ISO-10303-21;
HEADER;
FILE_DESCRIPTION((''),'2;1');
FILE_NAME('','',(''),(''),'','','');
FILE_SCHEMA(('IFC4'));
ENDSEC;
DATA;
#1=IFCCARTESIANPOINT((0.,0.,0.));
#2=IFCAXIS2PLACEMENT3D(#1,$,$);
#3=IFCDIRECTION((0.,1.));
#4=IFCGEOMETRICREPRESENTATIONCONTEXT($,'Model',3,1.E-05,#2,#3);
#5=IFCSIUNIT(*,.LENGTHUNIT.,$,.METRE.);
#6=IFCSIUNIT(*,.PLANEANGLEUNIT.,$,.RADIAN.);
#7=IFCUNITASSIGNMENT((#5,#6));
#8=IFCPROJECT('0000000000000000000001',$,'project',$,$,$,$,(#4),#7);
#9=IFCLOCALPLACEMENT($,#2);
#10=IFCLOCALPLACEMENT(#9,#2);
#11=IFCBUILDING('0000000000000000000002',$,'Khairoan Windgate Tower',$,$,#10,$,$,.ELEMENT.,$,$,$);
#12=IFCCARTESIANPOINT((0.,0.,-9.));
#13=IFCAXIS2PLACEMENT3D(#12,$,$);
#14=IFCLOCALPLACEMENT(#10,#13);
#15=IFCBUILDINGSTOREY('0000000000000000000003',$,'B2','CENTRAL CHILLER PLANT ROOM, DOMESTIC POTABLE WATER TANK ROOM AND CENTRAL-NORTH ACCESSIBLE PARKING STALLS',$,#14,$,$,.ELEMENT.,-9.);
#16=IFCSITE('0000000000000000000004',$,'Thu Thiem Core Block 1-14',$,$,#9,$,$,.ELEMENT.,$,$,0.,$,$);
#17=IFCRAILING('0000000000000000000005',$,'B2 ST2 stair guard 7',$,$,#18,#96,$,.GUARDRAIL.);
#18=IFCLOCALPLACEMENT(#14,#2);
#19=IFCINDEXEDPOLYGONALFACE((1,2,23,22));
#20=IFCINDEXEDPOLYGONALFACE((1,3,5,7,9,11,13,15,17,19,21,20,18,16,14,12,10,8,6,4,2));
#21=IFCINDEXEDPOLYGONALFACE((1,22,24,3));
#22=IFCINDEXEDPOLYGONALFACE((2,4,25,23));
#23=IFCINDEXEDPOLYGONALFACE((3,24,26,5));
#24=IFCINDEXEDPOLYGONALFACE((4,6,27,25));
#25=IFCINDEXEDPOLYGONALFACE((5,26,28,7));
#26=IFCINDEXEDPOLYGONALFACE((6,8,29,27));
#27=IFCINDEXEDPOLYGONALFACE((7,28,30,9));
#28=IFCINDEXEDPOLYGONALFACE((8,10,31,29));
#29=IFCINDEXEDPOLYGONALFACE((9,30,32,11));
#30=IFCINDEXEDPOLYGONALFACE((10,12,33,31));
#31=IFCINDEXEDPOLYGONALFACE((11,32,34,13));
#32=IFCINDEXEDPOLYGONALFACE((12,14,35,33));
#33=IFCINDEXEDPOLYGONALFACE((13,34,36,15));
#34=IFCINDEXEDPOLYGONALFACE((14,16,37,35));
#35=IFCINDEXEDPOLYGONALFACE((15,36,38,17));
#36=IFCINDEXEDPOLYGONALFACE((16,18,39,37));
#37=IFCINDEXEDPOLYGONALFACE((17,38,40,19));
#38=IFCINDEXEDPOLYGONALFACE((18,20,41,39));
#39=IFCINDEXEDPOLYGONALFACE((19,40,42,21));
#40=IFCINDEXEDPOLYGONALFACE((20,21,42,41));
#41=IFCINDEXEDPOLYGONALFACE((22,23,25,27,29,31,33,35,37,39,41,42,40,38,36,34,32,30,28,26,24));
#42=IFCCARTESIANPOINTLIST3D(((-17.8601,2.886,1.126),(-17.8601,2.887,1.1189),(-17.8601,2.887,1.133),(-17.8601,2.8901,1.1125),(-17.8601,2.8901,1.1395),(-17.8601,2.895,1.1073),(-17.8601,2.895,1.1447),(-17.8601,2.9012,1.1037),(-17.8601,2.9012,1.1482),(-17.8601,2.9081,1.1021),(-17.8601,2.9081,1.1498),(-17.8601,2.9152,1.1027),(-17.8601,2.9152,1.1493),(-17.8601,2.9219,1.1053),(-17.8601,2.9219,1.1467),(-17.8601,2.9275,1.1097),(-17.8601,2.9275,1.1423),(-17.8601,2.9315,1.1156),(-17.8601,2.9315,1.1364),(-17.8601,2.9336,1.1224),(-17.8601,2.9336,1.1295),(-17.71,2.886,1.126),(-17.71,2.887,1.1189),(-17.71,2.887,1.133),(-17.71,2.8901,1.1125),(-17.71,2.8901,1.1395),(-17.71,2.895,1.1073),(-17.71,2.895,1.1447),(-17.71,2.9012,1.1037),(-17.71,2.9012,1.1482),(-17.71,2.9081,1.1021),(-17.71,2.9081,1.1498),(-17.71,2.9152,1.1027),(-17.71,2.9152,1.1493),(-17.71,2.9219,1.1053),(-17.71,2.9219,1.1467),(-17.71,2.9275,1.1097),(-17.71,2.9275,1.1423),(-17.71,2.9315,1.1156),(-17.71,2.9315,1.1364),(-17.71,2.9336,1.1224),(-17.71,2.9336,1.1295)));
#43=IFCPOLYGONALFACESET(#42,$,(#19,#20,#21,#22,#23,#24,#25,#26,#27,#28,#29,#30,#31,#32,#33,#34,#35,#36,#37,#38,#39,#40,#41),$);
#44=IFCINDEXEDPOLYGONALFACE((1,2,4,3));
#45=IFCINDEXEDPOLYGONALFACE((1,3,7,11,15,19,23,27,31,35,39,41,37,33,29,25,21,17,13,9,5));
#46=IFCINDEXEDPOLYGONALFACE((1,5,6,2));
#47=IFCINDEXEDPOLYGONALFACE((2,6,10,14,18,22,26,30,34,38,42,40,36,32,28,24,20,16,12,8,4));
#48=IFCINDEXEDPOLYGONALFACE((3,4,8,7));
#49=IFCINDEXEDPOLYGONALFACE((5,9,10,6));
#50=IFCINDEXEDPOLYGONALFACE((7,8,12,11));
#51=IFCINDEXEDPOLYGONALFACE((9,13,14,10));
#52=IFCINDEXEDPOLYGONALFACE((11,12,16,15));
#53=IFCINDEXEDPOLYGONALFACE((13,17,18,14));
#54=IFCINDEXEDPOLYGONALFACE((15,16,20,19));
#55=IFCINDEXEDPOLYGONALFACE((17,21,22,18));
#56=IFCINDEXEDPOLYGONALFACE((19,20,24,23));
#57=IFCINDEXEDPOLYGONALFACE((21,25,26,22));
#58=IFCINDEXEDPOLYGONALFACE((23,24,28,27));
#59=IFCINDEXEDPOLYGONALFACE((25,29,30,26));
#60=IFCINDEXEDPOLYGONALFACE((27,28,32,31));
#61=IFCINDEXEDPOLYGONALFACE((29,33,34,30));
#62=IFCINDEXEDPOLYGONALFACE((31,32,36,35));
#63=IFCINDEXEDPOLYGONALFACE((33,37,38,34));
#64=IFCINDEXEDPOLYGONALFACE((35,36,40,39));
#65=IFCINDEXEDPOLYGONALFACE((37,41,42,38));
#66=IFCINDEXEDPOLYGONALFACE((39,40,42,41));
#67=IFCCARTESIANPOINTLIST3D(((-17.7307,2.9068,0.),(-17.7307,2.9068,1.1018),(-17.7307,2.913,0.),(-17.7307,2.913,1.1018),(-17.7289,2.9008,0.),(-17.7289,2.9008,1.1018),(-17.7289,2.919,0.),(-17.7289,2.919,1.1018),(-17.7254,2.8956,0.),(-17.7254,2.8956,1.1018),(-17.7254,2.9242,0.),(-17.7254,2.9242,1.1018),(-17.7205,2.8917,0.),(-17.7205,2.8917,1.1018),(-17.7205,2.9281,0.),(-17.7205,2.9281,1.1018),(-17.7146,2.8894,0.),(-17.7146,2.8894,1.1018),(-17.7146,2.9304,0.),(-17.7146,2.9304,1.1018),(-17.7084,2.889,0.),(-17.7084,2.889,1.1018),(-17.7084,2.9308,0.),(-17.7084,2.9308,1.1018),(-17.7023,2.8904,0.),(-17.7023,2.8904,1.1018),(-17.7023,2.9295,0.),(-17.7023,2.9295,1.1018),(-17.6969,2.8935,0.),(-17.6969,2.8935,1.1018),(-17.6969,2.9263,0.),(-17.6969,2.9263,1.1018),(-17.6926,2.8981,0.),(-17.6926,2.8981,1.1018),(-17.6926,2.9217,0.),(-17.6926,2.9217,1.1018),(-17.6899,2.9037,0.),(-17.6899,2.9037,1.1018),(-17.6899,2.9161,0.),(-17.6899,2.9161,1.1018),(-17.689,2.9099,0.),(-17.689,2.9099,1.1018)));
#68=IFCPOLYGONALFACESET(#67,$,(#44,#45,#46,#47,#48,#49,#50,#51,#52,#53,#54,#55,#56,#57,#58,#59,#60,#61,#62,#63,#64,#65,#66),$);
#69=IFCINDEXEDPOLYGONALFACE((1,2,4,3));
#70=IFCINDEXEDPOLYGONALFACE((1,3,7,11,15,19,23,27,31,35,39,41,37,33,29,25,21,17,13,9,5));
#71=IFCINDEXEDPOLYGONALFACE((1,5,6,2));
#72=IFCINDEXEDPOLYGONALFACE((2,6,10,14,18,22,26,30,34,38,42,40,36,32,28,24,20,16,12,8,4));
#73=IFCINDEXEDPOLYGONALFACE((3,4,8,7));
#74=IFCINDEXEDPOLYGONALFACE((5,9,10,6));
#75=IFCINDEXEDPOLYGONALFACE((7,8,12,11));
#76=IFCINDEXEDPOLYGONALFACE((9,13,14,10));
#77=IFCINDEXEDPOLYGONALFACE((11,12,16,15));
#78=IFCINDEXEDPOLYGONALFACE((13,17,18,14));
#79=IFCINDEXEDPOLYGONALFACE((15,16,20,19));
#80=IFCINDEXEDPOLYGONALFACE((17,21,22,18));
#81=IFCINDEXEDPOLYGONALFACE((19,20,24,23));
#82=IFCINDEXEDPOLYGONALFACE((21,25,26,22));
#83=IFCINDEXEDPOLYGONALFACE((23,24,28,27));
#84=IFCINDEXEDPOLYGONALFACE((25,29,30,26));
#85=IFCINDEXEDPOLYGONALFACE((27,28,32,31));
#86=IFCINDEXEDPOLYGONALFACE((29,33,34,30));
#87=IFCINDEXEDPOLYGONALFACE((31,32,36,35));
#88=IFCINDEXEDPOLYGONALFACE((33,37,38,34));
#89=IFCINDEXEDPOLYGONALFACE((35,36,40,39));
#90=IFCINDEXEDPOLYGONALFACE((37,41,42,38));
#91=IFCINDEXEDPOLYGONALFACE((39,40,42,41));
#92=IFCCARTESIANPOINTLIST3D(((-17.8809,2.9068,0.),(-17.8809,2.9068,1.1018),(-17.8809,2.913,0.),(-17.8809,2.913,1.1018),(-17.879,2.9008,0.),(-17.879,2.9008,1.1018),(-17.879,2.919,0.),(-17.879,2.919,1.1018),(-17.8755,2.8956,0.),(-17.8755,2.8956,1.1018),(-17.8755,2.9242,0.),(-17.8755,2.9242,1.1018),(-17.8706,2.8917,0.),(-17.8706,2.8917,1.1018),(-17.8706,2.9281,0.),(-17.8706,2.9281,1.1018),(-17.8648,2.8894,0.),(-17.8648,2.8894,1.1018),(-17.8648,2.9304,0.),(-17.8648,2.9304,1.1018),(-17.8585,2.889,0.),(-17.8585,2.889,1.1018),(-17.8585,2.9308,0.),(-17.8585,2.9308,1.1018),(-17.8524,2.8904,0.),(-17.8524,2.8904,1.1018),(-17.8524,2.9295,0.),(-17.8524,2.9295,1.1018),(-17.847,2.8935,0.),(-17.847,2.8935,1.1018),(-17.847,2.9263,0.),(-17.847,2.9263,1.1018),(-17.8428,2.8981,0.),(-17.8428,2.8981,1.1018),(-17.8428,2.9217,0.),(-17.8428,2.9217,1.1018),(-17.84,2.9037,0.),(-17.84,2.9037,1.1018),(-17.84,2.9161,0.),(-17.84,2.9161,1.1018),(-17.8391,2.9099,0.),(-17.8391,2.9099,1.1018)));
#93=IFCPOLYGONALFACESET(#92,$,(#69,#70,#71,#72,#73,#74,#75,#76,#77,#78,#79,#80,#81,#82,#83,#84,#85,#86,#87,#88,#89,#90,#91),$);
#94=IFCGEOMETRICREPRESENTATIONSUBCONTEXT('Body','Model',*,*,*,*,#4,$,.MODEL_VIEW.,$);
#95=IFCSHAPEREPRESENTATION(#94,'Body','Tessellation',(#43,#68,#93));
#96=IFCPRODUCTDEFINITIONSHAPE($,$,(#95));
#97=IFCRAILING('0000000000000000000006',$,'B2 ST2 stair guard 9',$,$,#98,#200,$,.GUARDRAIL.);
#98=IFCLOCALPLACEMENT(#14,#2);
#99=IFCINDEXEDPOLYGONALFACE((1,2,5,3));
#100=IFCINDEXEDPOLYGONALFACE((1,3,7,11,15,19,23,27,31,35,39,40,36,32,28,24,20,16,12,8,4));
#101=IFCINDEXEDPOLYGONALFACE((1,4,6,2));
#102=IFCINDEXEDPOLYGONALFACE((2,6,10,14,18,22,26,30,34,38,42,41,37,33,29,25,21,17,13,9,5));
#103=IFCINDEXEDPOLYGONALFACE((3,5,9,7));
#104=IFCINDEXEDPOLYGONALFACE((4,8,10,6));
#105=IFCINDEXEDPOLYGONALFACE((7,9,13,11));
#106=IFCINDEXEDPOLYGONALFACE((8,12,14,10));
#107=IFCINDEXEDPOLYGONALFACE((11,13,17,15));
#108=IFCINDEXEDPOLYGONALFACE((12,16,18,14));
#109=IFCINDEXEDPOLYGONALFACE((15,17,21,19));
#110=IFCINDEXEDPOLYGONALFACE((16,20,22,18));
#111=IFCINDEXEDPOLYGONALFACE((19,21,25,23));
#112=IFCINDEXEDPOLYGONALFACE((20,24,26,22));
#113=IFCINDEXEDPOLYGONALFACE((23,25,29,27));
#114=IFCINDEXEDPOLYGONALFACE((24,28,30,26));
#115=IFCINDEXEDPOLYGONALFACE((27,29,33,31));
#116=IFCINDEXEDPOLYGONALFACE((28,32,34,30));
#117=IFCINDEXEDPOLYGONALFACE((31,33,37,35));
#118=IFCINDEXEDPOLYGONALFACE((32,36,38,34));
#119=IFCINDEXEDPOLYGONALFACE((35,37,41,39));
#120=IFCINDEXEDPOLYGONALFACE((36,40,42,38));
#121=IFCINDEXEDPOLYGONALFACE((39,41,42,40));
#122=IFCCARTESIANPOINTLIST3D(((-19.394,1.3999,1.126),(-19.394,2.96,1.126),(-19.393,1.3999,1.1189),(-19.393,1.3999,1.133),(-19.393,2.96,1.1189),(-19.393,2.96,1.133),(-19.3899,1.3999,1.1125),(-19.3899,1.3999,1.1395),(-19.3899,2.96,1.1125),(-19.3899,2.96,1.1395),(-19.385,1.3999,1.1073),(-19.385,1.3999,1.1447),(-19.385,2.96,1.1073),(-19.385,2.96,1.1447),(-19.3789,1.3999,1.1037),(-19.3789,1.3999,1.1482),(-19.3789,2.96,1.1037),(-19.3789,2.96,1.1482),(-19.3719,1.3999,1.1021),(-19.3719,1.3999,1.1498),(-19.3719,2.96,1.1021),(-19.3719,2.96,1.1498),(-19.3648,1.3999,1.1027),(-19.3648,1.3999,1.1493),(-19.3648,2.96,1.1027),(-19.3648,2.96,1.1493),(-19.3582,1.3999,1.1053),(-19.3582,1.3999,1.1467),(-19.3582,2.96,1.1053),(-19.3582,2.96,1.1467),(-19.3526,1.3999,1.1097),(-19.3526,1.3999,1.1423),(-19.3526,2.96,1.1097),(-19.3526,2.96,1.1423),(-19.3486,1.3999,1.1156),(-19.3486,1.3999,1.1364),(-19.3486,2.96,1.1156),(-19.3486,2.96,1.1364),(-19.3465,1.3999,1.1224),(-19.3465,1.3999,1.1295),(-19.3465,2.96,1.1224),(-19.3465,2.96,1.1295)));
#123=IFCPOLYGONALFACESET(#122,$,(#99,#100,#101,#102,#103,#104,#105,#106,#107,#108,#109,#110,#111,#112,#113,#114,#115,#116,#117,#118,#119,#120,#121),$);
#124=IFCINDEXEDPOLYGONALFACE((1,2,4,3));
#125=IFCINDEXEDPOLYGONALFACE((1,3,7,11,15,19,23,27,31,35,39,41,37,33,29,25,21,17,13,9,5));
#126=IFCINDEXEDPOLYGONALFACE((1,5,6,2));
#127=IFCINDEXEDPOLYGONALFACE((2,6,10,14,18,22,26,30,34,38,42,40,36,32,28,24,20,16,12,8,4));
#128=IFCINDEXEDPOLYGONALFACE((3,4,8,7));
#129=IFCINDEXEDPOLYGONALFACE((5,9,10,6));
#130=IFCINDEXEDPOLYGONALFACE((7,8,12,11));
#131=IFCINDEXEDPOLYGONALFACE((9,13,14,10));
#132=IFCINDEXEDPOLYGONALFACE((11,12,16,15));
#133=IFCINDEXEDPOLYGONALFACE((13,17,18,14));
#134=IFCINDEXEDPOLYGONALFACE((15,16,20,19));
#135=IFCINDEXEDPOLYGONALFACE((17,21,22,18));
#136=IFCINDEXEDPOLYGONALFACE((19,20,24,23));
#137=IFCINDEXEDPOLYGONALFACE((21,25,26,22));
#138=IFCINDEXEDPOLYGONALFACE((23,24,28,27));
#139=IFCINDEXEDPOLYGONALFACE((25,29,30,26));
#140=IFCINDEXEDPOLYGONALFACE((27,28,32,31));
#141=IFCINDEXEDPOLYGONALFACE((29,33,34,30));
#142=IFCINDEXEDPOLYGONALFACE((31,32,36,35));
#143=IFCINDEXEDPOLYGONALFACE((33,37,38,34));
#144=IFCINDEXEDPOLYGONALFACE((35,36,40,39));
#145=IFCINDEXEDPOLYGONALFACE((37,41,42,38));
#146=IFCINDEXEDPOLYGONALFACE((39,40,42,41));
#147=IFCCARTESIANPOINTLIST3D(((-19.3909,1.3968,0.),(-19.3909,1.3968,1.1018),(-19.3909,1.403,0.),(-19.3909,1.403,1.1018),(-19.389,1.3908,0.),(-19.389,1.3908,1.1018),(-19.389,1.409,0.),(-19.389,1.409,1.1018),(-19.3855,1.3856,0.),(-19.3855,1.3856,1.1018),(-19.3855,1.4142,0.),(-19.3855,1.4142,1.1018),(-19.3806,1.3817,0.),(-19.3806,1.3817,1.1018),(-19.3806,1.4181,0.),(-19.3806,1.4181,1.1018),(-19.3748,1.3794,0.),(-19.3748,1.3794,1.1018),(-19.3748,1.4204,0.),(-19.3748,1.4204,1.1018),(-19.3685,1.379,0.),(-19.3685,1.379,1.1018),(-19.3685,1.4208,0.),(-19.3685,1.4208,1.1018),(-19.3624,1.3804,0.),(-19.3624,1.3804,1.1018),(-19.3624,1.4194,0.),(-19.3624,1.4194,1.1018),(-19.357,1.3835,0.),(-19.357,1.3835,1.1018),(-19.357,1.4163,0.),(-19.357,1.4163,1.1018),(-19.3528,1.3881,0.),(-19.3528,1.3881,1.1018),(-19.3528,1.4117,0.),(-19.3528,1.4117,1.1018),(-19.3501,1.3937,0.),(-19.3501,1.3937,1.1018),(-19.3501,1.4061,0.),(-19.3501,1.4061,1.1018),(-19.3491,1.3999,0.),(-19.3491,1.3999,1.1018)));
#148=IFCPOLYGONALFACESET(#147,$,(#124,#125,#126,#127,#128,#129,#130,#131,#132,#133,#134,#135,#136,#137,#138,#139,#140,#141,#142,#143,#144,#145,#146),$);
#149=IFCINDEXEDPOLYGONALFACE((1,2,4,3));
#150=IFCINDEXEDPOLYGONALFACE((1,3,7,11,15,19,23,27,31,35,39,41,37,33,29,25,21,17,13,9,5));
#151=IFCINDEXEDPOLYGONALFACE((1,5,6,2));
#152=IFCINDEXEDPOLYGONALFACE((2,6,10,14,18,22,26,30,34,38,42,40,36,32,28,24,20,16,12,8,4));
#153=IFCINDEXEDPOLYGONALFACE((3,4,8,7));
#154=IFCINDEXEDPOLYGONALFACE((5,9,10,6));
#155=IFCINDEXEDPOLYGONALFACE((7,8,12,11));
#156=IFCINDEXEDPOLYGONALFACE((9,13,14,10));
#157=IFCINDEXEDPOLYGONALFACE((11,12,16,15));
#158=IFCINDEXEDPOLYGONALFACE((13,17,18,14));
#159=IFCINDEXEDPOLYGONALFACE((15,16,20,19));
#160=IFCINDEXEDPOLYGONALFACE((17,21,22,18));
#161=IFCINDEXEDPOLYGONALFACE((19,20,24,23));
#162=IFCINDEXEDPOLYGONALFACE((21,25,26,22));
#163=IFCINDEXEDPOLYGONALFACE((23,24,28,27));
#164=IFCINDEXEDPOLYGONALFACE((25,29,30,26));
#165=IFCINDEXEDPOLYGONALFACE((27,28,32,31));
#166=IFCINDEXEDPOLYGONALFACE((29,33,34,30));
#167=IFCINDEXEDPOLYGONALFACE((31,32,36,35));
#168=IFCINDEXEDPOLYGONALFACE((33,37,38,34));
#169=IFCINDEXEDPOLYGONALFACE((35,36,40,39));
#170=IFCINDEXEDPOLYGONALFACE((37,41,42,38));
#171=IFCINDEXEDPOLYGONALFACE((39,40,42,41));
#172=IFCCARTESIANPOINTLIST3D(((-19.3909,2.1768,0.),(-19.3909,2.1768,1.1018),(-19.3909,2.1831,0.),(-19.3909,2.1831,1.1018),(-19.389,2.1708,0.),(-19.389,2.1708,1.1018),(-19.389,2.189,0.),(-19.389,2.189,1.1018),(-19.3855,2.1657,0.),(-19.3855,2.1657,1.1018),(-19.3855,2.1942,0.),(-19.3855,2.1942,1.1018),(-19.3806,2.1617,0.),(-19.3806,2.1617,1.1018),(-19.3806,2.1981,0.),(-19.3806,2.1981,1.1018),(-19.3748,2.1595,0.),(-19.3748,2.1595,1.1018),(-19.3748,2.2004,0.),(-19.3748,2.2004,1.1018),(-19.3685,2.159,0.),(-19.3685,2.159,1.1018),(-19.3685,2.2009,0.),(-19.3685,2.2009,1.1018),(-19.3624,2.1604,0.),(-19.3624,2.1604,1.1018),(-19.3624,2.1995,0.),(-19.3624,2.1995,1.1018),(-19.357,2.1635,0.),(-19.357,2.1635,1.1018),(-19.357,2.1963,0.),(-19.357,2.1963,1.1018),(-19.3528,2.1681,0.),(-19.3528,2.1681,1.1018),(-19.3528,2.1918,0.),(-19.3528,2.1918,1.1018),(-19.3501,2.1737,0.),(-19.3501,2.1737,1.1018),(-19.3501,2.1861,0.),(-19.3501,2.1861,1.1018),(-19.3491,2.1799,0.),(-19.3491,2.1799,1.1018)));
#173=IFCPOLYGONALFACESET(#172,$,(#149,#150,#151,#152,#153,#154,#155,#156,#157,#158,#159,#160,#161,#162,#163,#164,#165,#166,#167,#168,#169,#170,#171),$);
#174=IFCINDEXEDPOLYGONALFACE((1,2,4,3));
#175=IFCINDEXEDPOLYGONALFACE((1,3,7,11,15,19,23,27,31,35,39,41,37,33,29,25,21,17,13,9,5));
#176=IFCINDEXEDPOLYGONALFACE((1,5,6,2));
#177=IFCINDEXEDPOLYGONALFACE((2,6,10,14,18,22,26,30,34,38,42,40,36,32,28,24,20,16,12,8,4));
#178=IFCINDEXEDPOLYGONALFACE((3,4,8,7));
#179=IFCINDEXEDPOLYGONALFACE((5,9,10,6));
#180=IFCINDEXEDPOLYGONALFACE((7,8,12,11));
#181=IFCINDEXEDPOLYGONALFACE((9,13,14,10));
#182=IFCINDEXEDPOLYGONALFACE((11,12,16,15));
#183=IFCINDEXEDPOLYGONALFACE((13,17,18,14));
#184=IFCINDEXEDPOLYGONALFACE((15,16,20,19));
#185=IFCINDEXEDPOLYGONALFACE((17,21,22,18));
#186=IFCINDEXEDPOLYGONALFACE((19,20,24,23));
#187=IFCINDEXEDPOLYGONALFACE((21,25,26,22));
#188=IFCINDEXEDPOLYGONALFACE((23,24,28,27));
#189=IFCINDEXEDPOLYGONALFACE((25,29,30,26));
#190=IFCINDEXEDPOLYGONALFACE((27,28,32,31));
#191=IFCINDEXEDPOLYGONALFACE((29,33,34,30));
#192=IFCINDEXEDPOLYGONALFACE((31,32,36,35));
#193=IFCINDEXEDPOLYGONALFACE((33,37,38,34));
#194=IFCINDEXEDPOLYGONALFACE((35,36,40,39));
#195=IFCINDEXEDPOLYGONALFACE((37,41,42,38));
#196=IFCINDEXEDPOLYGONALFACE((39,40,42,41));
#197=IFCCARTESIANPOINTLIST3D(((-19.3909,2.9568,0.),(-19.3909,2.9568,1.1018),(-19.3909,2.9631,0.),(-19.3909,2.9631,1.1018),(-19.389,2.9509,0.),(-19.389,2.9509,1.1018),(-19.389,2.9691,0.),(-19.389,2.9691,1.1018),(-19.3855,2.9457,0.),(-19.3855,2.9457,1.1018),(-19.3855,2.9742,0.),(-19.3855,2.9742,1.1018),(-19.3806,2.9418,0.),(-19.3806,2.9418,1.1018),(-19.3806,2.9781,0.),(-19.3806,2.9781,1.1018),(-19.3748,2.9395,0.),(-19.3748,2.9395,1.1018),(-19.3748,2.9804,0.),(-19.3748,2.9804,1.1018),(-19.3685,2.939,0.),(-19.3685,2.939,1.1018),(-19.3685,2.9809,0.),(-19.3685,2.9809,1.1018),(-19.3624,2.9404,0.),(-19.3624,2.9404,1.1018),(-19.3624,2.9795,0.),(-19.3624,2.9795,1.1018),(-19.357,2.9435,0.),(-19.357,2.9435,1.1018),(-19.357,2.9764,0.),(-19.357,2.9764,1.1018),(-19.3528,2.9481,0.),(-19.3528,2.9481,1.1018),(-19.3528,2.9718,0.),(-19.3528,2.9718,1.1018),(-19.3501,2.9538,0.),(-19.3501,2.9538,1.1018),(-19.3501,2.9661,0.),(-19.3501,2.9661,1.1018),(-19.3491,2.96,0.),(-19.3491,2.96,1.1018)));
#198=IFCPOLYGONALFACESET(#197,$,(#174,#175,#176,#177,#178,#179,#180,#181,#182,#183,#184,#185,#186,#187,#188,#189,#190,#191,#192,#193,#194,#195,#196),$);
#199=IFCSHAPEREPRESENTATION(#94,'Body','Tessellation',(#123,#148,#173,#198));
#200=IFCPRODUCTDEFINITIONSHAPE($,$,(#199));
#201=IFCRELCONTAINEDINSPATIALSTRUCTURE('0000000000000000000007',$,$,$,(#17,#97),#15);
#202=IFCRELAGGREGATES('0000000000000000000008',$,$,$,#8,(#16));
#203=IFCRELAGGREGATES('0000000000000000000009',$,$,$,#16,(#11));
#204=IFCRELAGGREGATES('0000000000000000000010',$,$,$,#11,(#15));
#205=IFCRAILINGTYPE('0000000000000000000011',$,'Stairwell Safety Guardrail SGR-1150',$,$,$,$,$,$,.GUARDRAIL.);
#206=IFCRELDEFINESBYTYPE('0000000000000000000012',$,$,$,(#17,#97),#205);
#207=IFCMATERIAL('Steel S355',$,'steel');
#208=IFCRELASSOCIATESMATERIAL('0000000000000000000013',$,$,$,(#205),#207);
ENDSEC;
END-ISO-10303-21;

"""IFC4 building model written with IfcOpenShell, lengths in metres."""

from ifc_helpers import new_model, si_unit, direction, frame, origin, origin_2d, place, context, subcontext, project, spatial, circle, extrude, material, type_object, element, save


model = new_model("IFC4")

# Units and contexts
model_context = context("Model", 3, precision=1e-05, world=origin(), true_north=direction((0.0, 1.0)))
body_context = subcontext(model_context, "Body", "Model", "MODEL_VIEW")
ifc_project = project(units=[si_unit("LENGTHUNIT", "METRE"), si_unit("PLANEANGLEUNIT", "RADIAN")], contexts=[model_context])

# Site, building, storey
site_placement = place(None, origin())
site = spatial("IfcSite", under=ifc_project, at=site_placement, Name="Thu Thiem Core Block 1-14", CompositionType="ELEMENT", RefElevation=0.0)
building_placement = place(site_placement, origin())
building = spatial("IfcBuilding", under=site, at=building_placement, Name="Khairoan Windgate Tower", CompositionType="ELEMENT")
storey_placement = place(building_placement, frame((0.0, 0.0, -9.0)))
storey = spatial("IfcBuildingStorey", under=building, at=storey_placement, Name="B2", Description="CENTRAL CHILLER PLANT ROOM, DOMESTIC POTABLE WATER TANK ROOM AND CENTRAL-NORTH ACCESSIBLE PARKING STALLS", CompositionType="ELEMENT", Elevation=-9.0)

# Railings
ifc_material_1 = material(Name="Steel S355", Category="steel")
railing_type_1 = type_object("IfcRailingType", Name="Stairwell Safety Guardrail SGR-1150", PredefinedType="GUARDRAIL", material=ifc_material_1)
railing_1_placement = place(storey_placement, frame((-17.71, 2.9099, 0.0)))
element("IfcRailing", 1, at=railing_1_placement, inside=storey, type_object=railing_type_1, Name="B2 ST2 stair guard 7", PredefinedType="GUARDRAIL", context=body_context, shape_type="SweptSolid", body=[
    extrude(circle(Radius=0.0239, at=origin_2d()), frame((0.0, 0.0, 1.126), z_axis=(-1.0, 0.0, 0.0), x_axis=(0.0, -1.0, 0.0)), (0.0, 0.0, 1.0), 0.1501),
    extrude(circle(Radius=0.021, at=origin_2d()), origin(), (0.0, 0.0, 1.0), 1.1018),
    extrude(circle(Radius=0.021, at=origin_2d()), frame((-0.1501, 0.0, 0.0)), (0.0, 0.0, 1.0), 1.1018),
])
railing_2_placement = place(storey_placement, frame((-19.3701, 1.3999, 0.0)))
element("IfcRailing", 2, at=railing_2_placement, inside=storey, type_object=railing_type_1, Name="B2 ST2 stair guard 9", PredefinedType="GUARDRAIL", context=body_context, shape_type="SweptSolid", body=[
    extrude(circle(Radius=0.0239, at=origin_2d()), frame((0.0, 0.0, 1.126), z_axis=(0.0, 1.0, 0.0), x_axis=(-1.0, 0.0, 0.0)), (0.0, 0.0, 1.0), 1.5601),
    extrude(circle(Radius=0.021, at=origin_2d()), origin(), (0.0, 0.0, 1.0), 1.1018),
    extrude(circle(Radius=0.021, at=origin_2d()), frame((0.0, 0.78, 0.0)), (0.0, 0.0, 1.0), 1.1018),
    extrude(circle(Radius=0.021, at=origin_2d()), frame((0.0, 1.5601, 0.0)), (0.0, 0.0, 1.0), 1.1018),
])

save(model, "model.ifc")
